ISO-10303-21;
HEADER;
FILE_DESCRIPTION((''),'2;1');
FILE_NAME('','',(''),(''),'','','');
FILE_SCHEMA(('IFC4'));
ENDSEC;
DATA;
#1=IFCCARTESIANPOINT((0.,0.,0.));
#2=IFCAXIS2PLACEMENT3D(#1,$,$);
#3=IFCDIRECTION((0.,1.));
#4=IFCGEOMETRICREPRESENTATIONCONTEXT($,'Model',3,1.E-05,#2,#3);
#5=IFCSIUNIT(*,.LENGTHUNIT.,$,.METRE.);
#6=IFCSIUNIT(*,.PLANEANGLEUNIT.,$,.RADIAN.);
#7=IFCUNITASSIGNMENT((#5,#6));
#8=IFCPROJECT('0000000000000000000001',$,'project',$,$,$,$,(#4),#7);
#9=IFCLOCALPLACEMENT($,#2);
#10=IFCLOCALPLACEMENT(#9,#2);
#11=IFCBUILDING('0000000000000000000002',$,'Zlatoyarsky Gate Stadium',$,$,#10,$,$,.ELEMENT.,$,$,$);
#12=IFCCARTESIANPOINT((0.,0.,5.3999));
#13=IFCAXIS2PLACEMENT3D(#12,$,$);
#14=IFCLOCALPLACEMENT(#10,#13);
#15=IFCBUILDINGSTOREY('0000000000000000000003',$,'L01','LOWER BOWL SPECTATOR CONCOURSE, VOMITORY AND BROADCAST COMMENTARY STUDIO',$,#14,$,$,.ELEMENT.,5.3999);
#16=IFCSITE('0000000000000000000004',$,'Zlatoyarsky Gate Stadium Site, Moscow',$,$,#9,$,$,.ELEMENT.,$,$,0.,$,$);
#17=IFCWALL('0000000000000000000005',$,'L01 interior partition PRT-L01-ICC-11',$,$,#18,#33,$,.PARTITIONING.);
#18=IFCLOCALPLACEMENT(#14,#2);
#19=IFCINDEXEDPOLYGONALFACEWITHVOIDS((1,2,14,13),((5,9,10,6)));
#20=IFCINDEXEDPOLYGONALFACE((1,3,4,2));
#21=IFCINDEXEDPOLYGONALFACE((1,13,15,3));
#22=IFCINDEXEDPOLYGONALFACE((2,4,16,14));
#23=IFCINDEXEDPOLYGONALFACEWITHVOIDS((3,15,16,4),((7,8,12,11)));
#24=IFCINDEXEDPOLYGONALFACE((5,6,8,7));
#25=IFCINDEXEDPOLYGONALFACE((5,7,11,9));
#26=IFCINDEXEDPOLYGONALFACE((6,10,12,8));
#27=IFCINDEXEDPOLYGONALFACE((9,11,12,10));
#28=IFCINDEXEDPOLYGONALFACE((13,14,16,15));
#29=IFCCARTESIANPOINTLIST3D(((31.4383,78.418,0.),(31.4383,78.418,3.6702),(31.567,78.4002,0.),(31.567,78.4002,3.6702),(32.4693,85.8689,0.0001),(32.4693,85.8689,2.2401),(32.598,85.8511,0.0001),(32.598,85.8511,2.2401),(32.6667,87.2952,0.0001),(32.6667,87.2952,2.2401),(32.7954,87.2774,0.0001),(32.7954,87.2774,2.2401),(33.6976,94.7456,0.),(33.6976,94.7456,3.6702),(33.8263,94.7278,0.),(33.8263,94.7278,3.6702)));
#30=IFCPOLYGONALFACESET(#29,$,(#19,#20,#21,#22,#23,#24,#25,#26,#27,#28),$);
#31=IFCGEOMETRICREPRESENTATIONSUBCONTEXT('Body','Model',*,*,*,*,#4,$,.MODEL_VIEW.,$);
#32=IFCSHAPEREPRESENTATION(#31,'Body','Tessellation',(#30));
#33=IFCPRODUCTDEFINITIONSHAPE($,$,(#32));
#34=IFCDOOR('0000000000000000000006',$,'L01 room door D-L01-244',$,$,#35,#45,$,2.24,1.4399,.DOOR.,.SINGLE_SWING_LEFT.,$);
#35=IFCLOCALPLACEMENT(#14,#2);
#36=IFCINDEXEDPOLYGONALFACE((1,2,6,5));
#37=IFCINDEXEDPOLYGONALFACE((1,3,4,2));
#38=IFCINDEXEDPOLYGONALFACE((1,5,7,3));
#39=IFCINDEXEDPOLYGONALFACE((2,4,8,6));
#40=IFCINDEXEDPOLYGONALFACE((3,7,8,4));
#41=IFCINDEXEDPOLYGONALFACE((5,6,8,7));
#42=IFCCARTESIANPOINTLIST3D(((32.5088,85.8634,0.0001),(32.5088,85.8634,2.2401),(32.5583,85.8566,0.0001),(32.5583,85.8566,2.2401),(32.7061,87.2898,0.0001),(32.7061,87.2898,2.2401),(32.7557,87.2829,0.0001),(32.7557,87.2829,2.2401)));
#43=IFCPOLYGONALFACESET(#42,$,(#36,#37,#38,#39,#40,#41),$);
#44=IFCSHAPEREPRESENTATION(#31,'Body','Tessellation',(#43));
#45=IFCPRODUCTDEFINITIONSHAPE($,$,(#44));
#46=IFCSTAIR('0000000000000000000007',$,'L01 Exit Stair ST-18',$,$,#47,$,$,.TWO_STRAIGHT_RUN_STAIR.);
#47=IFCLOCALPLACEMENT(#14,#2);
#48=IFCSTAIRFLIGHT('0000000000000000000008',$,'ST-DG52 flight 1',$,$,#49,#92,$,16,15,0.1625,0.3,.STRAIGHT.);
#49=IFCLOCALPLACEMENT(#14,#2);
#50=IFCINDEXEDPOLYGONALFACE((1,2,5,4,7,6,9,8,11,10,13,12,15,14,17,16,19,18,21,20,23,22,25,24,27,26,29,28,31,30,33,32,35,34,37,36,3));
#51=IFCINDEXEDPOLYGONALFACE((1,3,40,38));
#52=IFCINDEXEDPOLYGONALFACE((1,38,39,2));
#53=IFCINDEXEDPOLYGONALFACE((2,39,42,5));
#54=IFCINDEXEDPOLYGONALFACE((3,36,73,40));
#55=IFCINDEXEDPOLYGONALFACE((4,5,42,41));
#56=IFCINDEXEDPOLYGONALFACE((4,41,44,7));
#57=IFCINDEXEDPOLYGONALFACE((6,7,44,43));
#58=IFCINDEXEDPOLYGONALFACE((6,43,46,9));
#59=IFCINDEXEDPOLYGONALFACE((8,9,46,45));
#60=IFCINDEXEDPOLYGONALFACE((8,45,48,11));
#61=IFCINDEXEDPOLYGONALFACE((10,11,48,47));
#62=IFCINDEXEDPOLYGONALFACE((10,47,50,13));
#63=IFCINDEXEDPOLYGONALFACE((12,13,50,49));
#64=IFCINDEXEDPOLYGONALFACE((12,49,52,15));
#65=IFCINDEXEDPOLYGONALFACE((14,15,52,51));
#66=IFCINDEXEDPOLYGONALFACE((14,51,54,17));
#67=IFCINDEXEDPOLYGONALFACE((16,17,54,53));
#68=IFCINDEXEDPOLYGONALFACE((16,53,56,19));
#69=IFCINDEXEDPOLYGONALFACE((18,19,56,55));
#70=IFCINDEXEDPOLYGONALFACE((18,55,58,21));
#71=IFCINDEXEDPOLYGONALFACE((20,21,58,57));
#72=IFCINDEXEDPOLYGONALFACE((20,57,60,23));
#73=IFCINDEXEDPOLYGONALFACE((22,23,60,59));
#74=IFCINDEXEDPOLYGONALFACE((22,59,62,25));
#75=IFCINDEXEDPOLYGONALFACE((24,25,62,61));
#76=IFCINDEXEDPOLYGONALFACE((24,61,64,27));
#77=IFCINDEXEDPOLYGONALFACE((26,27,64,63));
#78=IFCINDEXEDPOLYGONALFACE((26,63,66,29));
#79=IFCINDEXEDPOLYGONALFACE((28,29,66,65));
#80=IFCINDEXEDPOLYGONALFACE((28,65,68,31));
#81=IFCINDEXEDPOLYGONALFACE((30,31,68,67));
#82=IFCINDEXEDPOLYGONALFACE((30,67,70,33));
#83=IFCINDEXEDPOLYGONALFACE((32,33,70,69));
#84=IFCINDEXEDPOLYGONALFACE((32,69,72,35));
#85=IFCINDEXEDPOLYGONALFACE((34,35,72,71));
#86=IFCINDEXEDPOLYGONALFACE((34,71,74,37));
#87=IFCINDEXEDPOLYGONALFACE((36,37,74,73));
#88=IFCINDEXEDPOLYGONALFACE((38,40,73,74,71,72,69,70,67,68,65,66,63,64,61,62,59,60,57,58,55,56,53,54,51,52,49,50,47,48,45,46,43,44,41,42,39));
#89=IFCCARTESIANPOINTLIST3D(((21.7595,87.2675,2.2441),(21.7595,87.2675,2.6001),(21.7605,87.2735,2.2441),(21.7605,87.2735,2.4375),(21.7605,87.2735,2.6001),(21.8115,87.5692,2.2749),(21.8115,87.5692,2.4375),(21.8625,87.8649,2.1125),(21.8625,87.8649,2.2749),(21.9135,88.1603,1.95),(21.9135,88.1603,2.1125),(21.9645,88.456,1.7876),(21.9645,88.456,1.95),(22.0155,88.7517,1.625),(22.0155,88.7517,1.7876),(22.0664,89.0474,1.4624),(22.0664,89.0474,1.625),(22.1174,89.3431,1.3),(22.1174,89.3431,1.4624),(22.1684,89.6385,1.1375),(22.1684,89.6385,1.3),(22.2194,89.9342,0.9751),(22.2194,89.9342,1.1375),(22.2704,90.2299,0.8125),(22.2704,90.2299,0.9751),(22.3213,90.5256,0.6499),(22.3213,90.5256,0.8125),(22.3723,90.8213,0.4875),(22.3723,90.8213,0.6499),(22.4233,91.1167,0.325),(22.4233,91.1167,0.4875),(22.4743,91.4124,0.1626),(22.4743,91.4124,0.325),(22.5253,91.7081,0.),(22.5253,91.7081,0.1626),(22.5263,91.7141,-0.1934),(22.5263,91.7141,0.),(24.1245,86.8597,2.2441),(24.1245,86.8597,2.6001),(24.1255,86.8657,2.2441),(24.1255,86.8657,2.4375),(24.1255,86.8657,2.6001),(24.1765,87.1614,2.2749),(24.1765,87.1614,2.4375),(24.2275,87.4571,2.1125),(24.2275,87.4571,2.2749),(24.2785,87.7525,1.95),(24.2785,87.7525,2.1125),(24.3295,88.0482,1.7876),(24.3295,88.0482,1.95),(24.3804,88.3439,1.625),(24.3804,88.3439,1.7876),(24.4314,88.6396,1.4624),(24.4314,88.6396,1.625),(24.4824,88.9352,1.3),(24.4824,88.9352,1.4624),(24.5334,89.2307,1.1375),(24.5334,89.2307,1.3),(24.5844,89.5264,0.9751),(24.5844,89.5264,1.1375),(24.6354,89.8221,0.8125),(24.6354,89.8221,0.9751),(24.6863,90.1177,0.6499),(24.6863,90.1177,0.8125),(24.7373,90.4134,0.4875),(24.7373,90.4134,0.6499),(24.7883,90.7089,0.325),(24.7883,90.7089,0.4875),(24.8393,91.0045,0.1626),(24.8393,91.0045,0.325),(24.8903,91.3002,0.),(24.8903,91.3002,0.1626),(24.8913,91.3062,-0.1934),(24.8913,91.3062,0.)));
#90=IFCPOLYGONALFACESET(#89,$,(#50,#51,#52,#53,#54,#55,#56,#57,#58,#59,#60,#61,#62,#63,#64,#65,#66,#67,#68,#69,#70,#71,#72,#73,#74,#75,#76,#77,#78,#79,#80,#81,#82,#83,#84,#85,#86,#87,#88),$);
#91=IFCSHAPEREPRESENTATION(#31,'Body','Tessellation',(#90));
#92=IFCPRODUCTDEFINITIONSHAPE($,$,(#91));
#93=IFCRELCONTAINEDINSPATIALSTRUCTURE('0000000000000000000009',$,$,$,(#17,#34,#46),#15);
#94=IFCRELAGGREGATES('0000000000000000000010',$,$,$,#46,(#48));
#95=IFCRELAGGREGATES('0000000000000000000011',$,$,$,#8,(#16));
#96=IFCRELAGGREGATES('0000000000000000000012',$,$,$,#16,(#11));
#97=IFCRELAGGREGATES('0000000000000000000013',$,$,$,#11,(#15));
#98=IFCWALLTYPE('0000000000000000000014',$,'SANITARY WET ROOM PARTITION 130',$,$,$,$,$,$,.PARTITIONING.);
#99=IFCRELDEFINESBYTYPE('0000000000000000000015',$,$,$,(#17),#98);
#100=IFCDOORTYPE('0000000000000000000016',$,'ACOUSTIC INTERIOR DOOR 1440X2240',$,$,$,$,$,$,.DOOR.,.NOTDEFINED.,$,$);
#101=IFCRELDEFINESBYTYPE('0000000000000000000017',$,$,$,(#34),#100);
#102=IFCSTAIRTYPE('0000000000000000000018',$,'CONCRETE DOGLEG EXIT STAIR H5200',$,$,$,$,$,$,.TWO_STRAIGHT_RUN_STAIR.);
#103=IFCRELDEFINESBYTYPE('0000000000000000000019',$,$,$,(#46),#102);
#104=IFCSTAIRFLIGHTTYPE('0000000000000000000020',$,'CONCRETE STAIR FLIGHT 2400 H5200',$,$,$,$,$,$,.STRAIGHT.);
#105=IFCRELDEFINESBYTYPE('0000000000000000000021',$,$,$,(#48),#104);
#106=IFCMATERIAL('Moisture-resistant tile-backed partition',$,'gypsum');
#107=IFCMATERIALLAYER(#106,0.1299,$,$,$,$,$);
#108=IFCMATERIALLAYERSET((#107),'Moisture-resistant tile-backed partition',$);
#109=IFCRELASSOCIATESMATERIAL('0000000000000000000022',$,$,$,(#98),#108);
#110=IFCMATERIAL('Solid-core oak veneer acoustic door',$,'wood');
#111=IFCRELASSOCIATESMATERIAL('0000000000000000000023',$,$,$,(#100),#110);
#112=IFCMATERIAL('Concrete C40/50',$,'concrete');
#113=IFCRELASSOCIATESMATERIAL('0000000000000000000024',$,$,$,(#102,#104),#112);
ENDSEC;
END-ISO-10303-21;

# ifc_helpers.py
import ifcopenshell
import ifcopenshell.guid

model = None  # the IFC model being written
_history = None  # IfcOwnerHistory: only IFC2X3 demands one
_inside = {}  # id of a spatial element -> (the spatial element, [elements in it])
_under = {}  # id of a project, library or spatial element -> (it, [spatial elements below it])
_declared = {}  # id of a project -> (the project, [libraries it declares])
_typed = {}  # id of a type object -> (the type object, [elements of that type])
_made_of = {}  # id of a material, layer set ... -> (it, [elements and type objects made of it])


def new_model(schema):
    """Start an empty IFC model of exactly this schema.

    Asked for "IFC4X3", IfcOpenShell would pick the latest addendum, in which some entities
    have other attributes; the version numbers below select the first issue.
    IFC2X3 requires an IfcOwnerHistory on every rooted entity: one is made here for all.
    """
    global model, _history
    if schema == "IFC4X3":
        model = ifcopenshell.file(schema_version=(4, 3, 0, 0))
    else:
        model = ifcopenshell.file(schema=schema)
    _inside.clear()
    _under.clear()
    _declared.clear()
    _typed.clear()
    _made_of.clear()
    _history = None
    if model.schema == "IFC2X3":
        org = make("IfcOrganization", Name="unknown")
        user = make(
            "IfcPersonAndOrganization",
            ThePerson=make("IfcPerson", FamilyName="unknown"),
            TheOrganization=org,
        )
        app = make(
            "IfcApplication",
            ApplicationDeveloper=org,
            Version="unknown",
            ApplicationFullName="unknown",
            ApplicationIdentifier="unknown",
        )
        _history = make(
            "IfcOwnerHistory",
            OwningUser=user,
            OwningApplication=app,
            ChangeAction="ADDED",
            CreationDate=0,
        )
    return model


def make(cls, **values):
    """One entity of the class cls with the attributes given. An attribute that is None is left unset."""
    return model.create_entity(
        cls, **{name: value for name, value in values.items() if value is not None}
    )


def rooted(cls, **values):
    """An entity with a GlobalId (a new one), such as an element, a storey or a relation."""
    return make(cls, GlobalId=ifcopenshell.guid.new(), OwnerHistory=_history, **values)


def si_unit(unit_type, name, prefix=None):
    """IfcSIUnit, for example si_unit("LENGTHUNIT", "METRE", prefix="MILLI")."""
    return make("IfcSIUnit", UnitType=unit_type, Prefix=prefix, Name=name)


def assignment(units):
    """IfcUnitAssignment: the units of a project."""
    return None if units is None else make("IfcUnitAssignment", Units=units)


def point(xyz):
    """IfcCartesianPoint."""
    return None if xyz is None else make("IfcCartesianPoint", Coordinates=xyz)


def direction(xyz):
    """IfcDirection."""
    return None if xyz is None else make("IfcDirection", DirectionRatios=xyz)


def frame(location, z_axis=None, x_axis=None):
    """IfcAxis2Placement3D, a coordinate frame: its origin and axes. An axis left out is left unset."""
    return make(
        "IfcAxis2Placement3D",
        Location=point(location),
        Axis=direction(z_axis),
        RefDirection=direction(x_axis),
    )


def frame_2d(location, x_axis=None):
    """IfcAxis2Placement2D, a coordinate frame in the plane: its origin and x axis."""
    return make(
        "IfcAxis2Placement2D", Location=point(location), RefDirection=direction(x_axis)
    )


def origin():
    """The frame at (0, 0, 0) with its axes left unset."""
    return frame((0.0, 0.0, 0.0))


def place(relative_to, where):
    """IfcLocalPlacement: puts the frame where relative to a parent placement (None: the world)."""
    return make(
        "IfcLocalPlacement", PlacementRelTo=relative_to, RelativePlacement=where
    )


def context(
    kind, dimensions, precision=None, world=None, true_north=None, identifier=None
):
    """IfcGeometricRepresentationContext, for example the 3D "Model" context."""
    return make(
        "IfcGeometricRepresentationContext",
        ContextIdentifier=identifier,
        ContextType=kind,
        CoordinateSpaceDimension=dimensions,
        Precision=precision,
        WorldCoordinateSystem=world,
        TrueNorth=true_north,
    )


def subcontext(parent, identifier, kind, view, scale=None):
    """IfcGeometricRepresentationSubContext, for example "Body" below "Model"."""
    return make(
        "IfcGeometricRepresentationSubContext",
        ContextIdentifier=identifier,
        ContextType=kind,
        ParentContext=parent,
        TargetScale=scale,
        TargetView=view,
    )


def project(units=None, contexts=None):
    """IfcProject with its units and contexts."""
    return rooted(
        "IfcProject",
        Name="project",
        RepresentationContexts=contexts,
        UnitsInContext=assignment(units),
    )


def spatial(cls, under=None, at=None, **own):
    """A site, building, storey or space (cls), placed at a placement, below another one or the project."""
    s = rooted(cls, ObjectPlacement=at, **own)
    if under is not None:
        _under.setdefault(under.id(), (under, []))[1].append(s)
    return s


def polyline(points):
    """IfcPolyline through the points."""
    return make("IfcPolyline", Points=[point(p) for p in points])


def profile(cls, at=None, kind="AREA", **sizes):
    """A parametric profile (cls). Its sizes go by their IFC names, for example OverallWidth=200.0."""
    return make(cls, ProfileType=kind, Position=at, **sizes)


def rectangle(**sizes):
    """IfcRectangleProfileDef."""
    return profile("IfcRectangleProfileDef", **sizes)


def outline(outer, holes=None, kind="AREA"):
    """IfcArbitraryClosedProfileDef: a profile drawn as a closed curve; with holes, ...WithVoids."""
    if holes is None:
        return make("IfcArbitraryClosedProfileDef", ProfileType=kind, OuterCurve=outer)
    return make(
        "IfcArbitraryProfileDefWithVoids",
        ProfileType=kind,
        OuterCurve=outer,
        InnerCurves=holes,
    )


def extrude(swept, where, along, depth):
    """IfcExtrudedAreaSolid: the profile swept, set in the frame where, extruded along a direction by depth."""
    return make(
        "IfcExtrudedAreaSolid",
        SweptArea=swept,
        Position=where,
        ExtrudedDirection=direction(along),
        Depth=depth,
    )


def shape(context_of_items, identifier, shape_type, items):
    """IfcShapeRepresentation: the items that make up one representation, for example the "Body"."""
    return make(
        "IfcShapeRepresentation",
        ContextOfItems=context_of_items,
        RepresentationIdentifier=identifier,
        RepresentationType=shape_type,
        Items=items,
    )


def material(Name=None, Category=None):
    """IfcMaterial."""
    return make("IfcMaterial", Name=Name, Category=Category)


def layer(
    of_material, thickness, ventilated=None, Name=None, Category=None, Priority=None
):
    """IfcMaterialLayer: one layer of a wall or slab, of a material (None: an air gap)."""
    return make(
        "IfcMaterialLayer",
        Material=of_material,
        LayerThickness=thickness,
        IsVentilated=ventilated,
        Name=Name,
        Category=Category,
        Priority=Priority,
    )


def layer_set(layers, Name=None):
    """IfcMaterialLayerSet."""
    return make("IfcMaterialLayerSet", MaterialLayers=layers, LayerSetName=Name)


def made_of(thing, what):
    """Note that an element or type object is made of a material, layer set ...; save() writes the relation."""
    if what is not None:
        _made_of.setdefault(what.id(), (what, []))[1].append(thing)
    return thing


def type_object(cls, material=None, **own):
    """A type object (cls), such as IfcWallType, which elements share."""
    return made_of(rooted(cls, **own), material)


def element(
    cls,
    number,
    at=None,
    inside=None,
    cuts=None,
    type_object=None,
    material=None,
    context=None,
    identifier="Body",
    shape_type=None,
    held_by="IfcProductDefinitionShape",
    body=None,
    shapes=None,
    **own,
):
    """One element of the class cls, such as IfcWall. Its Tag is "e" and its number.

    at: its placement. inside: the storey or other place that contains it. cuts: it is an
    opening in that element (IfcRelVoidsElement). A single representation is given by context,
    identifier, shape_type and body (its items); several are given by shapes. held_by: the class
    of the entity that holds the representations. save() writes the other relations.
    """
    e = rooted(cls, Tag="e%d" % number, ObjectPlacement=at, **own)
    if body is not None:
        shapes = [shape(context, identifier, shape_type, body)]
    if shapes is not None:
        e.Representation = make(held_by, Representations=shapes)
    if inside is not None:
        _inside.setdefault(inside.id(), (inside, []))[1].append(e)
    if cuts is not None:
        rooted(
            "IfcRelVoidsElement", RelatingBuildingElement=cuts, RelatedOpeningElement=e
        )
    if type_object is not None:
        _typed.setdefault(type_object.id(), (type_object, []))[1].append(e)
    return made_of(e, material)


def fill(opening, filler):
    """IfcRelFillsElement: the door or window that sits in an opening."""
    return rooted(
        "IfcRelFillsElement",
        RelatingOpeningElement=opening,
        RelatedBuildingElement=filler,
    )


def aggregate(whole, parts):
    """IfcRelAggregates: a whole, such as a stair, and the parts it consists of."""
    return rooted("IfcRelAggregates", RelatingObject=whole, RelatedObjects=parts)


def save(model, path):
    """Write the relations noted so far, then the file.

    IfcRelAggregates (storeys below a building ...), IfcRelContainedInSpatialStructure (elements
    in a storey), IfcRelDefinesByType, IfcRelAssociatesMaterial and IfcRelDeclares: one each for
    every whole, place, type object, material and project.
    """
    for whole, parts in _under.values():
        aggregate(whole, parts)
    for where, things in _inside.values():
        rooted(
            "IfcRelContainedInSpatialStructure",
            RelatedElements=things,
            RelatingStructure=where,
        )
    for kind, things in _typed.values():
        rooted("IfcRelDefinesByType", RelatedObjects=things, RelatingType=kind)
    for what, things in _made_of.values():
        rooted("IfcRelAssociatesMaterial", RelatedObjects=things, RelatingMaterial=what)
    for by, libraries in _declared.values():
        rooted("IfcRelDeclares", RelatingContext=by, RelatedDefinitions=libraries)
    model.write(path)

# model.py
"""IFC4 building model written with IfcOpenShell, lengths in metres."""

from ifc_helpers import new_model, si_unit, direction, frame, frame_2d, origin, place, context, subcontext, project, spatial, polyline, rectangle, outline, extrude, material, layer, layer_set, type_object, element, fill, aggregate, save


model = new_model("IFC4")

# Units and contexts
model_context = context("Model", 3, precision=1e-05, world=origin(), true_north=direction((0.0, 1.0)))
body_context = subcontext(model_context, "Body", "Model", "MODEL_VIEW")
ifc_project = project(units=[si_unit("LENGTHUNIT", "METRE"), si_unit("PLANEANGLEUNIT", "RADIAN")], contexts=[model_context])

# Site, building, storey
site_placement = place(None, origin())
site = spatial("IfcSite", under=ifc_project, at=site_placement, Name="Zlatoyarsky Gate Stadium Site, Moscow", CompositionType="ELEMENT", RefElevation=0.0)
building_placement = place(site_placement, origin())
building = spatial("IfcBuilding", under=site, at=building_placement, Name="Zlatoyarsky Gate Stadium", CompositionType="ELEMENT")
storey_placement = place(building_placement, frame((0.0, 0.0, 5.3999)))
storey = spatial("IfcBuildingStorey", under=building, at=storey_placement, Name="L01", Description="LOWER BOWL SPECTATOR CONCOURSE, VOMITORY AND BROADCAST COMMENTARY STUDIO", CompositionType="ELEMENT", Elevation=5.3999)

# Shared definitions
ifc_material_1 = material(Name="Concrete C40/50", Category="concrete")

# Wall, opening, door
ifc_material_2 = material(Name="Moisture-resistant tile-backed partition", Category="gypsum")
ifc_layer_1 = layer(ifc_material_2, 0.1299)
ifc_layer_set_1 = layer_set([ifc_layer_1], Name="Moisture-resistant tile-backed partition")
wall_type_1 = type_object("IfcWallType", Name="SANITARY WET ROOM PARTITION 130", PredefinedType="PARTITIONING", material=ifc_layer_set_1)
wall_1_placement = place(storey_placement, frame((33.762, 94.7368, 0.0), z_axis=(0.0, 0.0, 1.0), x_axis=(-0.137065, -0.990562, 0.0)))
wall_1 = element("IfcWall", 1, at=wall_1_placement, inside=storey, type_object=wall_type_1, Name="L01 interior partition PRT-L01-ICC-11", PredefinedType="PARTITIONING", context=body_context, shape_type="SweptSolid", body=[
    extrude(rectangle(XDim=16.4832, YDim=0.1299, at=frame_2d((8.2417, 0.0))), origin(), (0.0, 0.0, 1.0), 3.6702),
])
opening_1_placement = place(wall_1_placement, frame((7.5215, 0.0, 0.0)))
opening_1 = element("IfcOpeningElement", 2, at=opening_1_placement, cuts=wall_1, PredefinedType="OPENING", context=body_context, shape_type="SweptSolid", body=[
    extrude(rectangle(XDim=1.4399, YDim=2.24, at=frame_2d((0.72, 1.1201))), frame((0.0, 0.075, 0.0), z_axis=(0.0, -1.0, 0.0), x_axis=(1.0, 0.0, 0.0)), (0.0, 0.0, 1.0), 0.1499),
])
ifc_material_3 = material(Name="Solid-core oak veneer acoustic door", Category="wood")
door_type_1 = type_object("IfcDoorType", Name="ACOUSTIC INTERIOR DOOR 1440X2240", OperationType="NOTDEFINED", PredefinedType="DOOR", material=ifc_material_3)
door_1_placement = place(opening_1_placement, origin())
door_1 = element("IfcDoor", 3, at=door_1_placement, inside=storey, type_object=door_type_1, Name="L01 room door D-L01-244", OperationType="SINGLE_SWING_LEFT", OverallHeight=2.24, OverallWidth=1.4399, PredefinedType="DOOR", context=body_context, shape_type="SweptSolid", body=[
    extrude(rectangle(XDim=1.4399, YDim=2.24, at=frame_2d((0.72, 1.1201))), frame((0.0, 0.0249, 0.0), z_axis=(0.0, -1.0, 0.0), x_axis=(1.0, 0.0, 0.0)), (0.0, 0.0, 1.0), 0.05),
])
fill(opening_1, door_1)

# Stair, stair flight
stair_type = type_object("IfcStairType", Name="CONCRETE DOGLEG EXIT STAIR H5200", PredefinedType="TWO_STRAIGHT_RUN_STAIR", material=ifc_material_1)
stair_placement = place(storey_placement, origin())
stair = element("IfcStair", 4, at=stair_placement, inside=storey, type_object=stair_type, Name="L01 Exit Stair ST-18", PredefinedType="TWO_STRAIGHT_RUN_STAIR")
stair_flight_type = type_object("IfcStairFlightType", Name="CONCRETE STAIR FLIGHT 2400 H5200", PredefinedType="STRAIGHT", material=ifc_material_1)
stair_flight_placement = place(storey_placement, frame((23.7078, 91.5042, 0.0), z_axis=(0.0, 0.0, 1.0), x_axis=(-0.169938, -0.985455, 0.0)))
stair_flight = element("IfcStairFlight", 5, at=stair_flight_placement, type_object=stair_flight_type, Name="ST-DG52 flight 1", NumberOfRisers=16, NumberOfTreads=15, PredefinedType="STRAIGHT", RiserHeight=0.1625, TreadLength=0.3, context=body_context, shape_type="SweptSolid", body=[
    extrude(outline(polyline([(-0.0061, -0.1934), (-0.0061, 0.0), (0.0, 0.0), (0.0, 0.1626), (0.3, 0.1626), (0.3, 0.325), (0.6001, 0.325), (0.6001, 0.4875), (0.8999, 0.4875), (0.8999, 0.6499), (1.2, 0.6499), (1.2, 0.8125), (1.5, 0.8125), (1.5, 0.9751), (1.8, 0.9751), (1.8, 1.1375), (2.1001, 1.1375), (2.1001, 1.3), (2.3999, 1.3), (2.3999, 1.4624), (2.7, 1.4624), (2.7, 1.625), (3.0, 1.625), (3.0, 1.7876), (3.3, 1.7876), (3.3, 1.95), (3.6001, 1.95), (3.6001, 2.1125), (3.8999, 2.1125), (3.8999, 2.2749), (4.2, 2.2749), (4.2, 2.4375), (4.5, 2.4375), (4.5, 2.6001), (4.5061, 2.6001), (4.5061, 2.2441), (4.5, 2.2441), (-0.0061, -0.1934)])), frame((0.0, 1.2, 0.0), z_axis=(0.0, -1.0, 0.0), x_axis=(1.0, 0.0, 0.0)), (0.0, 0.0, 1.0), 2.3999),
])
aggregate(stair, [stair_flight])

save(model, "model.ifc")
